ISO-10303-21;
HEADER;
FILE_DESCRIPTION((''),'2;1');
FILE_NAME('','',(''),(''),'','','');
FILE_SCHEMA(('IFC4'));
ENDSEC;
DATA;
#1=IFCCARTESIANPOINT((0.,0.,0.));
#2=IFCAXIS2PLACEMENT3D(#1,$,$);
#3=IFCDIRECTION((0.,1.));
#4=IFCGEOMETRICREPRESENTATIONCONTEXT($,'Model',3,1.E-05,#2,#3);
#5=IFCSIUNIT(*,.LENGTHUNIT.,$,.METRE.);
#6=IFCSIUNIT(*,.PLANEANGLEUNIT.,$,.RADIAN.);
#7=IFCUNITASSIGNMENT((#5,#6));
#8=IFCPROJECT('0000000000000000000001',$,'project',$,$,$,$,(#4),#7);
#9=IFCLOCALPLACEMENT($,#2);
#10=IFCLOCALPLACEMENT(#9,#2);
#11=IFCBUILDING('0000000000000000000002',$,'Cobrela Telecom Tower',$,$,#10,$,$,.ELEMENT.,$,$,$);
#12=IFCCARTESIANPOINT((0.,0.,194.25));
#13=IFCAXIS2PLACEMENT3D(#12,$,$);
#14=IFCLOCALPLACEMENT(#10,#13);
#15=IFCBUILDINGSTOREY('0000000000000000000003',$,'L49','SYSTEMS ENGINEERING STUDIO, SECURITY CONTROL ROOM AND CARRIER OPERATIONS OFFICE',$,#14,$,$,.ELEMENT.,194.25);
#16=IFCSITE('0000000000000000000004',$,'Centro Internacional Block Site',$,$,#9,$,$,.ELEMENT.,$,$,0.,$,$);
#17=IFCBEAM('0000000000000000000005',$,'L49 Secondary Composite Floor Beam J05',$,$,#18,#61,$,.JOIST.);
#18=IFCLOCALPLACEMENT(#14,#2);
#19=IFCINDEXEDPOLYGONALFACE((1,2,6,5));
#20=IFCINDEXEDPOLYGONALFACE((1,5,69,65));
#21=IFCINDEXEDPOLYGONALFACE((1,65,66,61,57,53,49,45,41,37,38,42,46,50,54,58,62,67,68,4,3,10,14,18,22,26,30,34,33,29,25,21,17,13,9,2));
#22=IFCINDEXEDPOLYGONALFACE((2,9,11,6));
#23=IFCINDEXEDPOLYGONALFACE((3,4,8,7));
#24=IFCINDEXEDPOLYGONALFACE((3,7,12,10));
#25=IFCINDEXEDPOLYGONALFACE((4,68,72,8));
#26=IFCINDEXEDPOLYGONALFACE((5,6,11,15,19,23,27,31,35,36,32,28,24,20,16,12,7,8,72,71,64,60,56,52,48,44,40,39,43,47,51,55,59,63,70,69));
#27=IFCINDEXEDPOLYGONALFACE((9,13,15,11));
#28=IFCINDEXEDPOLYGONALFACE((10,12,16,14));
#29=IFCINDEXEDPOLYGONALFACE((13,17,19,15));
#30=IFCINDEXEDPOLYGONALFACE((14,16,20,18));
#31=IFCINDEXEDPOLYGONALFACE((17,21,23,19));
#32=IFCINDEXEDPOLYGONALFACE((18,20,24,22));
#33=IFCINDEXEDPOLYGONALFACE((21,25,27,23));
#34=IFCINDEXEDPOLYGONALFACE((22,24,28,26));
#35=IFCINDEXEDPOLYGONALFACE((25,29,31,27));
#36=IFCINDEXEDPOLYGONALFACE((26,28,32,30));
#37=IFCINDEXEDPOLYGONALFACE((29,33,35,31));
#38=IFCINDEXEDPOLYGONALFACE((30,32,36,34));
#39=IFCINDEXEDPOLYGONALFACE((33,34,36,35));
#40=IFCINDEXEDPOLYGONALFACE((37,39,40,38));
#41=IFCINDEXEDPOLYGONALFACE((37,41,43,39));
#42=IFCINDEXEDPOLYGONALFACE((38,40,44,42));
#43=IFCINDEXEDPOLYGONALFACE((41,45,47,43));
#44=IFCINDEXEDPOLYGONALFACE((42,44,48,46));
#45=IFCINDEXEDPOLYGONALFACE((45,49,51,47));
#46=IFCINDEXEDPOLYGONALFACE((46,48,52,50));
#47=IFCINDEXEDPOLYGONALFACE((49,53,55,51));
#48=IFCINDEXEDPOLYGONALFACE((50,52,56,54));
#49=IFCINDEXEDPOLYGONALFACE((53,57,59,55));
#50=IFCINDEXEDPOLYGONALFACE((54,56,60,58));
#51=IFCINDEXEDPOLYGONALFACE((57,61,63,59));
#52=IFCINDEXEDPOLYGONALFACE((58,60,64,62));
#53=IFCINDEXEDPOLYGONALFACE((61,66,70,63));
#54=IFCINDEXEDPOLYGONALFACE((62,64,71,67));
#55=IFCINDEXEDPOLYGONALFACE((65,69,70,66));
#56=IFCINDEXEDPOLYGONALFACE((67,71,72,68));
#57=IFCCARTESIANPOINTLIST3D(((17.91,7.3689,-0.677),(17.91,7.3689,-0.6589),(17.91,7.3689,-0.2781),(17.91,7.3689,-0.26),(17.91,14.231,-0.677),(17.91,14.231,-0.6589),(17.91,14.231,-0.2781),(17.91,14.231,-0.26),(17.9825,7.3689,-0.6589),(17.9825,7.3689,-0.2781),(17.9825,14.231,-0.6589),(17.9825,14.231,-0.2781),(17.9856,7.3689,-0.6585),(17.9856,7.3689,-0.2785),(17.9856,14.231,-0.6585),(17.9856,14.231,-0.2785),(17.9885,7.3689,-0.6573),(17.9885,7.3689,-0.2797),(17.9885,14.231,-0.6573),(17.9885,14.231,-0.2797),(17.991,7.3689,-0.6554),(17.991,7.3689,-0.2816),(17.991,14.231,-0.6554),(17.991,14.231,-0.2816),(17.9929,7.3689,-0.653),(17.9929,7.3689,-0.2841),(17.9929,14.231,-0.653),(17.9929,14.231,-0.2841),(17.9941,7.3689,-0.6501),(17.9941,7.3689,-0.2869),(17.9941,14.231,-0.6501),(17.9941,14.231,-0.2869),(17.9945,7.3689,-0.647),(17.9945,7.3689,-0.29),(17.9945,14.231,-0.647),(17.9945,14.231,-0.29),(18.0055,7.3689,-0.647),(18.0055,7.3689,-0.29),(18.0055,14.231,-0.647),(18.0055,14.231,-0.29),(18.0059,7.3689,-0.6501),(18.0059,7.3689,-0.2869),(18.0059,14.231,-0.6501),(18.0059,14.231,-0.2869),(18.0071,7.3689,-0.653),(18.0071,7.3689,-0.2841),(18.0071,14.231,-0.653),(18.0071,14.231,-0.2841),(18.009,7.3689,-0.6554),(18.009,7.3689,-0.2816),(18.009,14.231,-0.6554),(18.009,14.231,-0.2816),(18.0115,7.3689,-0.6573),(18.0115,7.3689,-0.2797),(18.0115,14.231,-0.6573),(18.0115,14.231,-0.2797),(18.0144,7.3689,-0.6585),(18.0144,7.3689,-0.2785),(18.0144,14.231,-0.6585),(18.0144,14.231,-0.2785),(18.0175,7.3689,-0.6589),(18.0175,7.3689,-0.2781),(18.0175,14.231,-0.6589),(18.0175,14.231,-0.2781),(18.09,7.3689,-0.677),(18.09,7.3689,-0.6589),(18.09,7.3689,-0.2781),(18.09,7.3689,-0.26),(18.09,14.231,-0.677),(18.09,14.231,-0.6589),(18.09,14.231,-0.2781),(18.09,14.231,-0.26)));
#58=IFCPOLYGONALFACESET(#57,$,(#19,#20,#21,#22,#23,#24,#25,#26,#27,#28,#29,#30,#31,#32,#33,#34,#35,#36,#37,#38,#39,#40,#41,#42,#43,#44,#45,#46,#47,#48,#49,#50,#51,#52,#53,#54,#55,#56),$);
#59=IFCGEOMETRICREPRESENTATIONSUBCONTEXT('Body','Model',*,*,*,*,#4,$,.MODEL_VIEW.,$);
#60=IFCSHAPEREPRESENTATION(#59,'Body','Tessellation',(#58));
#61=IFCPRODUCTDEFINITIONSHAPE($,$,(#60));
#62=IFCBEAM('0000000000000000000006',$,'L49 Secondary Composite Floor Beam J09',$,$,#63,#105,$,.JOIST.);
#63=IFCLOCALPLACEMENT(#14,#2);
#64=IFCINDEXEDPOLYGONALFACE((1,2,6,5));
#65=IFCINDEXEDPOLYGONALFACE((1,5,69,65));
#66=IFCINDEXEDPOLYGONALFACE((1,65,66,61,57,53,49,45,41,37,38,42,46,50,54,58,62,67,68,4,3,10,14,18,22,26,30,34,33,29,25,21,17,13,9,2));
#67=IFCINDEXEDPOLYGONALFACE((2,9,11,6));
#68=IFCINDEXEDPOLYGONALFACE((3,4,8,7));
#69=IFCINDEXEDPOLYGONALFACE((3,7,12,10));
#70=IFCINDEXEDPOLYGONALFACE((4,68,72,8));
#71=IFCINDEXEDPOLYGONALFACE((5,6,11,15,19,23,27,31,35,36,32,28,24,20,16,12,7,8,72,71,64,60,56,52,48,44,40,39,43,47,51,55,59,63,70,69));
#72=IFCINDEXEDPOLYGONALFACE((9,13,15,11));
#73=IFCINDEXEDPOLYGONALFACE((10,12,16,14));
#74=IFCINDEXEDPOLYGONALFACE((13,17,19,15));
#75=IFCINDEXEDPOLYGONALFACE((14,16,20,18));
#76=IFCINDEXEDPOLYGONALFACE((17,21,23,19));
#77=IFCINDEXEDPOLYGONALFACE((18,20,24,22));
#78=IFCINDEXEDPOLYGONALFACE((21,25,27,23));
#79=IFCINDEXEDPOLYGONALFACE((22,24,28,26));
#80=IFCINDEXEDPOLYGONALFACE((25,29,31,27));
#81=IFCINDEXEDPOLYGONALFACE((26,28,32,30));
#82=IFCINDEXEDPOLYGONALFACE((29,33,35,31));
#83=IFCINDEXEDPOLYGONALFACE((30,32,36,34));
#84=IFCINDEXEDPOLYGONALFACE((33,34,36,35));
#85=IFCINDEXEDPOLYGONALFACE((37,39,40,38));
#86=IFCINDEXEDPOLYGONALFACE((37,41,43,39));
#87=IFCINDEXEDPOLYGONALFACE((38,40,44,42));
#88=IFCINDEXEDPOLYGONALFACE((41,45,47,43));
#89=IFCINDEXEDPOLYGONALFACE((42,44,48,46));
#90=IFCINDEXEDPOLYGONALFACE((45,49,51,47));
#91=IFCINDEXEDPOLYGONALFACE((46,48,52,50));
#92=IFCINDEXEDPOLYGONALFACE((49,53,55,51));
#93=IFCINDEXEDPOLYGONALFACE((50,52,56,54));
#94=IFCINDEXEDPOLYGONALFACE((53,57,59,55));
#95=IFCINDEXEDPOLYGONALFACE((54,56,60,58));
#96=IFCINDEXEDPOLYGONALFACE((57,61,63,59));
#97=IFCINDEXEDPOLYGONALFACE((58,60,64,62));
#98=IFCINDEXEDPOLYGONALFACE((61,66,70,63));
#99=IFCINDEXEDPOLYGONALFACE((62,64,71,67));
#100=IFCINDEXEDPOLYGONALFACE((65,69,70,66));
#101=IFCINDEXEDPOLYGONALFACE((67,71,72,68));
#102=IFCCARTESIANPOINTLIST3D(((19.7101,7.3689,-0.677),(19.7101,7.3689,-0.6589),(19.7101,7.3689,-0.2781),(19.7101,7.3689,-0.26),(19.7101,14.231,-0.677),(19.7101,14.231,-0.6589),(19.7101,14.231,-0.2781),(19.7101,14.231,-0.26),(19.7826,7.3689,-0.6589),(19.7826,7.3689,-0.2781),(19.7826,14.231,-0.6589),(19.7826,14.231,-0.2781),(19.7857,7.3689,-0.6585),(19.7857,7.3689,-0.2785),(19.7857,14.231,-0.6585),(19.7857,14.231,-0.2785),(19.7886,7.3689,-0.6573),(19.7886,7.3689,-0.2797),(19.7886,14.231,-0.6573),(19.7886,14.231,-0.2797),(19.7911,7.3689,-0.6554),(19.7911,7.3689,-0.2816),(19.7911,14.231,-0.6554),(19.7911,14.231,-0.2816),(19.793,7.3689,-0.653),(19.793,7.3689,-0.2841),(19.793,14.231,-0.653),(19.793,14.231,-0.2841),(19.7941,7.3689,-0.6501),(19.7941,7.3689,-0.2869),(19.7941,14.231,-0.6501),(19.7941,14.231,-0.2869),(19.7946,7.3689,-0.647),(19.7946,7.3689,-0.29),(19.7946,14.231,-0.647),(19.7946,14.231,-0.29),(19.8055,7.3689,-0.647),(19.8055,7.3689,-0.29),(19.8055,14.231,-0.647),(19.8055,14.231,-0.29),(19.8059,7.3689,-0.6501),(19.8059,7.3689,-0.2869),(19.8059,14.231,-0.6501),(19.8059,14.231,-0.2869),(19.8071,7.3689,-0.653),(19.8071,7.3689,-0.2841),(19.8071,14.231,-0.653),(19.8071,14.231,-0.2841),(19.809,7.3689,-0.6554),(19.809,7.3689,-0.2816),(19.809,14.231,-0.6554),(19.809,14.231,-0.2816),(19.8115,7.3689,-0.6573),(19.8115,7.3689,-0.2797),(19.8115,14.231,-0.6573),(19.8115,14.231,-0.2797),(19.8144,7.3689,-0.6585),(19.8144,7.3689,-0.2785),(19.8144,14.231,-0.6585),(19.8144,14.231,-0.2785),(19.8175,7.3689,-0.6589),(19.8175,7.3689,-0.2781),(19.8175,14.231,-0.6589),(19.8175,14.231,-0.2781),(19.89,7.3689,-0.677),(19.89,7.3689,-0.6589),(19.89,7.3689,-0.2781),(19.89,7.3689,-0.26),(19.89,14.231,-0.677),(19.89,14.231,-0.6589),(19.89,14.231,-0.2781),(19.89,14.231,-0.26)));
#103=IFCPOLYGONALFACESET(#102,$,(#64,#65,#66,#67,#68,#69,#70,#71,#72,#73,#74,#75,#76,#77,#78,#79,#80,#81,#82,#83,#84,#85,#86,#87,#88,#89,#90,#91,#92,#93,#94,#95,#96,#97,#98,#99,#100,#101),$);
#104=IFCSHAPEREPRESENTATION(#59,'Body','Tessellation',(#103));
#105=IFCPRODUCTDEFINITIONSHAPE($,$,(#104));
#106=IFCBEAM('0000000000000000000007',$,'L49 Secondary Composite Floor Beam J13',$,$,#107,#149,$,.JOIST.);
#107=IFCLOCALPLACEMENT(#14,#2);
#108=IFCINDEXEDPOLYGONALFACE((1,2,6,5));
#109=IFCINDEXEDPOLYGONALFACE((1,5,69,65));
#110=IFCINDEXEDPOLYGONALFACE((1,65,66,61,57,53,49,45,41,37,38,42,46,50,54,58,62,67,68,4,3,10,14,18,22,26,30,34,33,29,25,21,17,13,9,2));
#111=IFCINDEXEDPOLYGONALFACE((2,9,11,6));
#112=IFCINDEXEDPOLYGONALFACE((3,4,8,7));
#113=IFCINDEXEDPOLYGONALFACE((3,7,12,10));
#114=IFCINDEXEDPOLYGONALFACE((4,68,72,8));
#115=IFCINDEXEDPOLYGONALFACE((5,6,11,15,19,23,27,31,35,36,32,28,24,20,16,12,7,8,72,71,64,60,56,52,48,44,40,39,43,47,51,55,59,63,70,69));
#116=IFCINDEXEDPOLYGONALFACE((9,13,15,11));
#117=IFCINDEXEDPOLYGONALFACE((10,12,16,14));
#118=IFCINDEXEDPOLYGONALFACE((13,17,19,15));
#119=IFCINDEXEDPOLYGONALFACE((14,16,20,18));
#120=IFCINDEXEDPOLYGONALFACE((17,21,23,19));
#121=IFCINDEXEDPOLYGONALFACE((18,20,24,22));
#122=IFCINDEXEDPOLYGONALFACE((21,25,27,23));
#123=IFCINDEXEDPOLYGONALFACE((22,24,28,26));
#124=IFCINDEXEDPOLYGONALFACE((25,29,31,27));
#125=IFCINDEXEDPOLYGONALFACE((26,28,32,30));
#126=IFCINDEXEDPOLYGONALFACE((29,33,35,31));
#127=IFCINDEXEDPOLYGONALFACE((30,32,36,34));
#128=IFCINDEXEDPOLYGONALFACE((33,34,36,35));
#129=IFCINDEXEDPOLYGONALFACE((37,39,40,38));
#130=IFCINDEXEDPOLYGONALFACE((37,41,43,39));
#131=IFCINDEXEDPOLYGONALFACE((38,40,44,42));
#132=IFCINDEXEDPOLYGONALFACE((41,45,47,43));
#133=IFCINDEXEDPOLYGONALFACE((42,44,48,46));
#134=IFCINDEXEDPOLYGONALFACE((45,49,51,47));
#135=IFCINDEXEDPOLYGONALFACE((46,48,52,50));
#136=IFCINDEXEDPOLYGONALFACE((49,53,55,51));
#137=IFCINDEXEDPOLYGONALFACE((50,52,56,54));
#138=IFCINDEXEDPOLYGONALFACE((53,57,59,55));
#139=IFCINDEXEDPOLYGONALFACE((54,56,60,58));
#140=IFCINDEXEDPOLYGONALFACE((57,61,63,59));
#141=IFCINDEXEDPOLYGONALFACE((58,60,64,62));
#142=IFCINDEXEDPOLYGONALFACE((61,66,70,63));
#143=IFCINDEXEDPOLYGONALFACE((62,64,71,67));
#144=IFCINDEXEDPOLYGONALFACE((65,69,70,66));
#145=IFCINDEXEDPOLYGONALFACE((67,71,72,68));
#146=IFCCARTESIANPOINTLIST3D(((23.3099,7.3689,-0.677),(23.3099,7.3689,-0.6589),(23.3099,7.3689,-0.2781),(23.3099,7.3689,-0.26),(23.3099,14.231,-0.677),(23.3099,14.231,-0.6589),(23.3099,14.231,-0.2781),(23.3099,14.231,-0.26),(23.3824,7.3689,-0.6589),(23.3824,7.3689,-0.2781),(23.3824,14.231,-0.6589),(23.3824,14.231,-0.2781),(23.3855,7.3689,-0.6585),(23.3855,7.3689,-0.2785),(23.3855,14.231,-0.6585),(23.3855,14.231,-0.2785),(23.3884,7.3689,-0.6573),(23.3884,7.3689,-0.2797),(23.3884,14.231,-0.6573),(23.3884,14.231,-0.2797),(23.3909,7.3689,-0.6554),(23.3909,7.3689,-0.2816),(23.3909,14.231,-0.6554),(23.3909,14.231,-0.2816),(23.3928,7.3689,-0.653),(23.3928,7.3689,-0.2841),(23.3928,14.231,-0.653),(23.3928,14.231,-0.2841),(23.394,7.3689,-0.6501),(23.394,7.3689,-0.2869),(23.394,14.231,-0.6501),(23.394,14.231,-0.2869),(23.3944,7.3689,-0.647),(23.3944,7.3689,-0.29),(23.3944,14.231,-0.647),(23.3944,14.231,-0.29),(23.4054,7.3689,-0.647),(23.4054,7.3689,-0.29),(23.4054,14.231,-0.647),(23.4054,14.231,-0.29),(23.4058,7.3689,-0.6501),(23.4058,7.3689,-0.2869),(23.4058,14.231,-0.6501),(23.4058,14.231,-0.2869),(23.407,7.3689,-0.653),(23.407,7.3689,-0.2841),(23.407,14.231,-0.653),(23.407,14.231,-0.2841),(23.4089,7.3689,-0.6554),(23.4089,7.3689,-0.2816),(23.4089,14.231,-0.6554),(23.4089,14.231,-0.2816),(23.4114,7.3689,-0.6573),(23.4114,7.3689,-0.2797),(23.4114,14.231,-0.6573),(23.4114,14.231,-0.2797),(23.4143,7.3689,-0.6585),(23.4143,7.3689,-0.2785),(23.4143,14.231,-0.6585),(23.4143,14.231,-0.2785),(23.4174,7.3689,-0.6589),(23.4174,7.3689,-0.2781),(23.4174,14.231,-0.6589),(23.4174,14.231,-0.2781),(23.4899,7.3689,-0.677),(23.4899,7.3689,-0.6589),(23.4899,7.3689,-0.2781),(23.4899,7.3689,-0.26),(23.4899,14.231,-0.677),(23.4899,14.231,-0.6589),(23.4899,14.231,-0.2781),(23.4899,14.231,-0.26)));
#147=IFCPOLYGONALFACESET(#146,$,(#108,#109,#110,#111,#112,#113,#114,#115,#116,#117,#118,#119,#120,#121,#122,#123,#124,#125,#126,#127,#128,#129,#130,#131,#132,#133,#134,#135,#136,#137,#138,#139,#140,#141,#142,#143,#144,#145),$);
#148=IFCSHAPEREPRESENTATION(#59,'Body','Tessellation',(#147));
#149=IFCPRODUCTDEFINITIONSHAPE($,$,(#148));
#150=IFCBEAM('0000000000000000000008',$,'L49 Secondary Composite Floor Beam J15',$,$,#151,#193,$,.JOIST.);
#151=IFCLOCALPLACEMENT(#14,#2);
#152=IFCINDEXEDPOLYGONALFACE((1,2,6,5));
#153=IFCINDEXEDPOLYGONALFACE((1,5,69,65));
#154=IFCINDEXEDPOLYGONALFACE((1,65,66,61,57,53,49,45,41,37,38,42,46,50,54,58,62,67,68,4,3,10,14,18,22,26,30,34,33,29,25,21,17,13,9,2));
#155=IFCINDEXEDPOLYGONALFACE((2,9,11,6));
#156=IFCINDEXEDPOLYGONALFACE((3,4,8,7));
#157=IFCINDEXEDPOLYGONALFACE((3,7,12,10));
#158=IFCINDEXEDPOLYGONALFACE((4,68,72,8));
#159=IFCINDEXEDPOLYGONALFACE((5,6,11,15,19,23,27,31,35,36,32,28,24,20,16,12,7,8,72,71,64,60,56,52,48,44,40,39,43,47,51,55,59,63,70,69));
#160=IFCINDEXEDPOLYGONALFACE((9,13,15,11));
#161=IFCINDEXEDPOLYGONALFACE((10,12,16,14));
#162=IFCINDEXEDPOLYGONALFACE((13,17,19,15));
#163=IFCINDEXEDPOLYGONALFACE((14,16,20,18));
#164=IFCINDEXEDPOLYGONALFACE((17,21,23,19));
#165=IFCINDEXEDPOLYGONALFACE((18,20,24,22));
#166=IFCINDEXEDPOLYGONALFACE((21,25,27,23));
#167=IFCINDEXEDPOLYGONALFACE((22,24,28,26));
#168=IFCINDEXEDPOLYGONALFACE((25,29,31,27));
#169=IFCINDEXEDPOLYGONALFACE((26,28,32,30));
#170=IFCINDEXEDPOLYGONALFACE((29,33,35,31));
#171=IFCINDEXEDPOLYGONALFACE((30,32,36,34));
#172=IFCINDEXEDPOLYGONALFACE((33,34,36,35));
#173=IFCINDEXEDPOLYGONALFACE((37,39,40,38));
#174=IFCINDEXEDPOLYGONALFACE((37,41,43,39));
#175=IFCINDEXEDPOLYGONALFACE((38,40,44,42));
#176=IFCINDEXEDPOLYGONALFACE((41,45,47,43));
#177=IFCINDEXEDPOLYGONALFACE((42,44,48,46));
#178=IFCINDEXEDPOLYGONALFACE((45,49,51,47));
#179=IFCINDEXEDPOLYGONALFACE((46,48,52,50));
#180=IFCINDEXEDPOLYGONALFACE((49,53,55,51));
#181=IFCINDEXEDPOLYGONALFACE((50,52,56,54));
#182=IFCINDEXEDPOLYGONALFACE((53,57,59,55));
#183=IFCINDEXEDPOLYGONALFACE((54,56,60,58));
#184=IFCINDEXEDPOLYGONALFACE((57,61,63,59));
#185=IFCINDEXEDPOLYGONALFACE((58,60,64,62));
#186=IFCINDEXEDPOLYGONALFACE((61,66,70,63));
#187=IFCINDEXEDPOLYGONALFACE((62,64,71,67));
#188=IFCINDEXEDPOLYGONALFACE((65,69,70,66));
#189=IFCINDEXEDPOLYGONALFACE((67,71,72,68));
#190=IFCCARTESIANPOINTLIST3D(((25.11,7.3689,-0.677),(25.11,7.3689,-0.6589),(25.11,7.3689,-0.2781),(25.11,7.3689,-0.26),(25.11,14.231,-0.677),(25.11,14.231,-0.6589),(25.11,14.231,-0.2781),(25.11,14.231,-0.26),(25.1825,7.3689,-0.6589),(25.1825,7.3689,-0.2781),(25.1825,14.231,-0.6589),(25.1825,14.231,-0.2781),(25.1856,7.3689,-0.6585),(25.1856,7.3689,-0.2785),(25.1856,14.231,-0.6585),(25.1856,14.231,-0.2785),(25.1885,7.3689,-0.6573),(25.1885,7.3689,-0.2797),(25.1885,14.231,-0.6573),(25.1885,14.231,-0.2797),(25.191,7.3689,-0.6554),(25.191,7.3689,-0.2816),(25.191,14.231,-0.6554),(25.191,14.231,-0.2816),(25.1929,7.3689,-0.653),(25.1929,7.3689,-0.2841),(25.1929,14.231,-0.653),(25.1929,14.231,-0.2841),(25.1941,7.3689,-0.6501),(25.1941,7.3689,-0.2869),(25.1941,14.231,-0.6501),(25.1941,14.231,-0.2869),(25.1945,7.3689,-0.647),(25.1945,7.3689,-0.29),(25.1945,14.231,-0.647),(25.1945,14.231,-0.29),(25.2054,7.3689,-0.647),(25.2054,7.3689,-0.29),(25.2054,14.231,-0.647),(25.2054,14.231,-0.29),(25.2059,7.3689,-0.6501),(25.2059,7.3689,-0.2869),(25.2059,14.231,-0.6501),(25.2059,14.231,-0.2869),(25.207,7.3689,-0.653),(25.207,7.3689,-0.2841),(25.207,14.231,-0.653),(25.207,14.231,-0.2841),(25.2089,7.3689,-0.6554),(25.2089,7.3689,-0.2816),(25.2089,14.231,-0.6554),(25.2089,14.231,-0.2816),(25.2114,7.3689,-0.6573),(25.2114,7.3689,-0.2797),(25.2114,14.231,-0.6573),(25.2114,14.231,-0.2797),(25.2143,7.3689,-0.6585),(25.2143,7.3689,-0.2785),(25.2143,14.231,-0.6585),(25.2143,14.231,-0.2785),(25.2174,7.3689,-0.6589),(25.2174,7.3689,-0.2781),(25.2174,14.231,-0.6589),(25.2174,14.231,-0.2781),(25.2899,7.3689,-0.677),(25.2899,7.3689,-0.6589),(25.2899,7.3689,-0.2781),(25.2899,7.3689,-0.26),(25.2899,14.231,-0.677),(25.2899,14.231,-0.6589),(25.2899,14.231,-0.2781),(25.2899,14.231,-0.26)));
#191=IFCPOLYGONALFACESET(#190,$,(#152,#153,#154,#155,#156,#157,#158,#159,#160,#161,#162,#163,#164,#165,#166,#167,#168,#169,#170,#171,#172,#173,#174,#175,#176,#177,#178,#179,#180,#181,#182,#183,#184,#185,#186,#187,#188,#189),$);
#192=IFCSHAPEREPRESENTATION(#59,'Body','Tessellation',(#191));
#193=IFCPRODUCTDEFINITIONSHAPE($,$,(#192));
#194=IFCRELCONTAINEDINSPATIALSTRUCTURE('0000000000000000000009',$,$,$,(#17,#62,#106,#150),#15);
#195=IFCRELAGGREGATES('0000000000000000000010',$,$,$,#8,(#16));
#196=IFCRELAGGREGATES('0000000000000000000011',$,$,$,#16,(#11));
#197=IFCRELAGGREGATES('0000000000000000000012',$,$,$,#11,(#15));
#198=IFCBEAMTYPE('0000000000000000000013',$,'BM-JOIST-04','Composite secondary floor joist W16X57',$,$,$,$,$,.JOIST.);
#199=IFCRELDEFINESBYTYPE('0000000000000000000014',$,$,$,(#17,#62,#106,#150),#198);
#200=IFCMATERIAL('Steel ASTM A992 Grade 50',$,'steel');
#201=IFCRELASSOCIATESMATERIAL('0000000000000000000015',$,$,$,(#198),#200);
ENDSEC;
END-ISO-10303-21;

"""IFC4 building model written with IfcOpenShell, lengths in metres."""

from ifc_helpers import new_model, si_unit, direction, frame, origin, origin_2d, place, context, subcontext, project, spatial, i_section, extrude, material, material_profile, profile_set, type_object, element, save


model = new_model("IFC4")

# Units and contexts
model_context = context("Model", 3, precision=1e-05, world=origin(), true_north=direction((0.0, 1.0)))
body_context = subcontext(model_context, "Body", "Model", "MODEL_VIEW")
ifc_project = project(units=[si_unit("LENGTHUNIT", "METRE"), si_unit("PLANEANGLEUNIT", "RADIAN")], contexts=[model_context])

# Site, building, storey
site_placement = place(None, origin())
site = spatial("IfcSite", under=ifc_project, at=site_placement, Name="Centro Internacional Block Site", CompositionType="ELEMENT", RefElevation=0.0)
building_placement = place(site_placement, origin())
building = spatial("IfcBuilding", under=site, at=building_placement, Name="Cobrela Telecom Tower", CompositionType="ELEMENT")
storey_placement = place(building_placement, frame((0.0, 0.0, 194.25)))
storey = spatial("IfcBuildingStorey", under=building, at=storey_placement, Name="L49", Description="SYSTEMS ENGINEERING STUDIO, SECURITY CONTROL ROOM AND CARRIER OPERATIONS OFFICE", CompositionType="ELEMENT", Elevation=194.25)

# Shared definitions
ifc_material_1 = material(Name="Steel ASTM A992 Grade 50", Category="steel")

# Beams
ifc_material_profile_1 = material_profile(ifc_material_1, i_section(OverallWidth=0.1799, OverallDepth=0.417, WebThickness=0.011, FlangeThickness=0.0181, FilletRadius=0.012, at=origin_2d()), Name="W16X57")
ifc_profile_set_1 = profile_set([ifc_material_profile_1], Name="Steel ASTM A992 Grade 50")
beam_type_1 = type_object("IfcBeamType", Name="BM-JOIST-04", Description="Composite secondary floor joist W16X57", PredefinedType="JOIST", material=ifc_profile_set_1)
for number, where, z_axis, x_axis, name in (
    (1, (18.0, 7.3689, -0.4685), (0.0, 1.0, 0.0), (-1.0, 0.0, 0.0), "L49 Secondary Composite Floor Beam J05"),
    (2, (19.8, 7.3689, -0.4685), (0.0, 1.0, 0.0), (-1.0, 0.0, 0.0), "L49 Secondary Composite Floor Beam J09"),
    (3, (23.3999, 7.3689, -0.4685), (0.0, 1.0, 0.0), (-1.0, 0.0, 0.0), "L49 Secondary Composite Floor Beam J13"),
    (4, (25.2, 7.3689, -0.4685), (0.0, 1.0, 0.0), (-1.0, 0.0, 0.0), "L49 Secondary Composite Floor Beam J15"),
):
    element("IfcBeam", number, at=place(storey_placement, frame(where, z_axis=z_axis, x_axis=x_axis)), inside=storey, type_object=beam_type_1, Name=name, PredefinedType="JOIST", context=body_context, shape_type="SweptSolid", body=[
        extrude(i_section(OverallWidth=0.1799, OverallDepth=0.417, WebThickness=0.011, FlangeThickness=0.0181, FilletRadius=0.012, at=origin_2d()), origin(), (0.0, 0.0, 1.0), 6.8621),
    ])

save(model, "model.ifc")
